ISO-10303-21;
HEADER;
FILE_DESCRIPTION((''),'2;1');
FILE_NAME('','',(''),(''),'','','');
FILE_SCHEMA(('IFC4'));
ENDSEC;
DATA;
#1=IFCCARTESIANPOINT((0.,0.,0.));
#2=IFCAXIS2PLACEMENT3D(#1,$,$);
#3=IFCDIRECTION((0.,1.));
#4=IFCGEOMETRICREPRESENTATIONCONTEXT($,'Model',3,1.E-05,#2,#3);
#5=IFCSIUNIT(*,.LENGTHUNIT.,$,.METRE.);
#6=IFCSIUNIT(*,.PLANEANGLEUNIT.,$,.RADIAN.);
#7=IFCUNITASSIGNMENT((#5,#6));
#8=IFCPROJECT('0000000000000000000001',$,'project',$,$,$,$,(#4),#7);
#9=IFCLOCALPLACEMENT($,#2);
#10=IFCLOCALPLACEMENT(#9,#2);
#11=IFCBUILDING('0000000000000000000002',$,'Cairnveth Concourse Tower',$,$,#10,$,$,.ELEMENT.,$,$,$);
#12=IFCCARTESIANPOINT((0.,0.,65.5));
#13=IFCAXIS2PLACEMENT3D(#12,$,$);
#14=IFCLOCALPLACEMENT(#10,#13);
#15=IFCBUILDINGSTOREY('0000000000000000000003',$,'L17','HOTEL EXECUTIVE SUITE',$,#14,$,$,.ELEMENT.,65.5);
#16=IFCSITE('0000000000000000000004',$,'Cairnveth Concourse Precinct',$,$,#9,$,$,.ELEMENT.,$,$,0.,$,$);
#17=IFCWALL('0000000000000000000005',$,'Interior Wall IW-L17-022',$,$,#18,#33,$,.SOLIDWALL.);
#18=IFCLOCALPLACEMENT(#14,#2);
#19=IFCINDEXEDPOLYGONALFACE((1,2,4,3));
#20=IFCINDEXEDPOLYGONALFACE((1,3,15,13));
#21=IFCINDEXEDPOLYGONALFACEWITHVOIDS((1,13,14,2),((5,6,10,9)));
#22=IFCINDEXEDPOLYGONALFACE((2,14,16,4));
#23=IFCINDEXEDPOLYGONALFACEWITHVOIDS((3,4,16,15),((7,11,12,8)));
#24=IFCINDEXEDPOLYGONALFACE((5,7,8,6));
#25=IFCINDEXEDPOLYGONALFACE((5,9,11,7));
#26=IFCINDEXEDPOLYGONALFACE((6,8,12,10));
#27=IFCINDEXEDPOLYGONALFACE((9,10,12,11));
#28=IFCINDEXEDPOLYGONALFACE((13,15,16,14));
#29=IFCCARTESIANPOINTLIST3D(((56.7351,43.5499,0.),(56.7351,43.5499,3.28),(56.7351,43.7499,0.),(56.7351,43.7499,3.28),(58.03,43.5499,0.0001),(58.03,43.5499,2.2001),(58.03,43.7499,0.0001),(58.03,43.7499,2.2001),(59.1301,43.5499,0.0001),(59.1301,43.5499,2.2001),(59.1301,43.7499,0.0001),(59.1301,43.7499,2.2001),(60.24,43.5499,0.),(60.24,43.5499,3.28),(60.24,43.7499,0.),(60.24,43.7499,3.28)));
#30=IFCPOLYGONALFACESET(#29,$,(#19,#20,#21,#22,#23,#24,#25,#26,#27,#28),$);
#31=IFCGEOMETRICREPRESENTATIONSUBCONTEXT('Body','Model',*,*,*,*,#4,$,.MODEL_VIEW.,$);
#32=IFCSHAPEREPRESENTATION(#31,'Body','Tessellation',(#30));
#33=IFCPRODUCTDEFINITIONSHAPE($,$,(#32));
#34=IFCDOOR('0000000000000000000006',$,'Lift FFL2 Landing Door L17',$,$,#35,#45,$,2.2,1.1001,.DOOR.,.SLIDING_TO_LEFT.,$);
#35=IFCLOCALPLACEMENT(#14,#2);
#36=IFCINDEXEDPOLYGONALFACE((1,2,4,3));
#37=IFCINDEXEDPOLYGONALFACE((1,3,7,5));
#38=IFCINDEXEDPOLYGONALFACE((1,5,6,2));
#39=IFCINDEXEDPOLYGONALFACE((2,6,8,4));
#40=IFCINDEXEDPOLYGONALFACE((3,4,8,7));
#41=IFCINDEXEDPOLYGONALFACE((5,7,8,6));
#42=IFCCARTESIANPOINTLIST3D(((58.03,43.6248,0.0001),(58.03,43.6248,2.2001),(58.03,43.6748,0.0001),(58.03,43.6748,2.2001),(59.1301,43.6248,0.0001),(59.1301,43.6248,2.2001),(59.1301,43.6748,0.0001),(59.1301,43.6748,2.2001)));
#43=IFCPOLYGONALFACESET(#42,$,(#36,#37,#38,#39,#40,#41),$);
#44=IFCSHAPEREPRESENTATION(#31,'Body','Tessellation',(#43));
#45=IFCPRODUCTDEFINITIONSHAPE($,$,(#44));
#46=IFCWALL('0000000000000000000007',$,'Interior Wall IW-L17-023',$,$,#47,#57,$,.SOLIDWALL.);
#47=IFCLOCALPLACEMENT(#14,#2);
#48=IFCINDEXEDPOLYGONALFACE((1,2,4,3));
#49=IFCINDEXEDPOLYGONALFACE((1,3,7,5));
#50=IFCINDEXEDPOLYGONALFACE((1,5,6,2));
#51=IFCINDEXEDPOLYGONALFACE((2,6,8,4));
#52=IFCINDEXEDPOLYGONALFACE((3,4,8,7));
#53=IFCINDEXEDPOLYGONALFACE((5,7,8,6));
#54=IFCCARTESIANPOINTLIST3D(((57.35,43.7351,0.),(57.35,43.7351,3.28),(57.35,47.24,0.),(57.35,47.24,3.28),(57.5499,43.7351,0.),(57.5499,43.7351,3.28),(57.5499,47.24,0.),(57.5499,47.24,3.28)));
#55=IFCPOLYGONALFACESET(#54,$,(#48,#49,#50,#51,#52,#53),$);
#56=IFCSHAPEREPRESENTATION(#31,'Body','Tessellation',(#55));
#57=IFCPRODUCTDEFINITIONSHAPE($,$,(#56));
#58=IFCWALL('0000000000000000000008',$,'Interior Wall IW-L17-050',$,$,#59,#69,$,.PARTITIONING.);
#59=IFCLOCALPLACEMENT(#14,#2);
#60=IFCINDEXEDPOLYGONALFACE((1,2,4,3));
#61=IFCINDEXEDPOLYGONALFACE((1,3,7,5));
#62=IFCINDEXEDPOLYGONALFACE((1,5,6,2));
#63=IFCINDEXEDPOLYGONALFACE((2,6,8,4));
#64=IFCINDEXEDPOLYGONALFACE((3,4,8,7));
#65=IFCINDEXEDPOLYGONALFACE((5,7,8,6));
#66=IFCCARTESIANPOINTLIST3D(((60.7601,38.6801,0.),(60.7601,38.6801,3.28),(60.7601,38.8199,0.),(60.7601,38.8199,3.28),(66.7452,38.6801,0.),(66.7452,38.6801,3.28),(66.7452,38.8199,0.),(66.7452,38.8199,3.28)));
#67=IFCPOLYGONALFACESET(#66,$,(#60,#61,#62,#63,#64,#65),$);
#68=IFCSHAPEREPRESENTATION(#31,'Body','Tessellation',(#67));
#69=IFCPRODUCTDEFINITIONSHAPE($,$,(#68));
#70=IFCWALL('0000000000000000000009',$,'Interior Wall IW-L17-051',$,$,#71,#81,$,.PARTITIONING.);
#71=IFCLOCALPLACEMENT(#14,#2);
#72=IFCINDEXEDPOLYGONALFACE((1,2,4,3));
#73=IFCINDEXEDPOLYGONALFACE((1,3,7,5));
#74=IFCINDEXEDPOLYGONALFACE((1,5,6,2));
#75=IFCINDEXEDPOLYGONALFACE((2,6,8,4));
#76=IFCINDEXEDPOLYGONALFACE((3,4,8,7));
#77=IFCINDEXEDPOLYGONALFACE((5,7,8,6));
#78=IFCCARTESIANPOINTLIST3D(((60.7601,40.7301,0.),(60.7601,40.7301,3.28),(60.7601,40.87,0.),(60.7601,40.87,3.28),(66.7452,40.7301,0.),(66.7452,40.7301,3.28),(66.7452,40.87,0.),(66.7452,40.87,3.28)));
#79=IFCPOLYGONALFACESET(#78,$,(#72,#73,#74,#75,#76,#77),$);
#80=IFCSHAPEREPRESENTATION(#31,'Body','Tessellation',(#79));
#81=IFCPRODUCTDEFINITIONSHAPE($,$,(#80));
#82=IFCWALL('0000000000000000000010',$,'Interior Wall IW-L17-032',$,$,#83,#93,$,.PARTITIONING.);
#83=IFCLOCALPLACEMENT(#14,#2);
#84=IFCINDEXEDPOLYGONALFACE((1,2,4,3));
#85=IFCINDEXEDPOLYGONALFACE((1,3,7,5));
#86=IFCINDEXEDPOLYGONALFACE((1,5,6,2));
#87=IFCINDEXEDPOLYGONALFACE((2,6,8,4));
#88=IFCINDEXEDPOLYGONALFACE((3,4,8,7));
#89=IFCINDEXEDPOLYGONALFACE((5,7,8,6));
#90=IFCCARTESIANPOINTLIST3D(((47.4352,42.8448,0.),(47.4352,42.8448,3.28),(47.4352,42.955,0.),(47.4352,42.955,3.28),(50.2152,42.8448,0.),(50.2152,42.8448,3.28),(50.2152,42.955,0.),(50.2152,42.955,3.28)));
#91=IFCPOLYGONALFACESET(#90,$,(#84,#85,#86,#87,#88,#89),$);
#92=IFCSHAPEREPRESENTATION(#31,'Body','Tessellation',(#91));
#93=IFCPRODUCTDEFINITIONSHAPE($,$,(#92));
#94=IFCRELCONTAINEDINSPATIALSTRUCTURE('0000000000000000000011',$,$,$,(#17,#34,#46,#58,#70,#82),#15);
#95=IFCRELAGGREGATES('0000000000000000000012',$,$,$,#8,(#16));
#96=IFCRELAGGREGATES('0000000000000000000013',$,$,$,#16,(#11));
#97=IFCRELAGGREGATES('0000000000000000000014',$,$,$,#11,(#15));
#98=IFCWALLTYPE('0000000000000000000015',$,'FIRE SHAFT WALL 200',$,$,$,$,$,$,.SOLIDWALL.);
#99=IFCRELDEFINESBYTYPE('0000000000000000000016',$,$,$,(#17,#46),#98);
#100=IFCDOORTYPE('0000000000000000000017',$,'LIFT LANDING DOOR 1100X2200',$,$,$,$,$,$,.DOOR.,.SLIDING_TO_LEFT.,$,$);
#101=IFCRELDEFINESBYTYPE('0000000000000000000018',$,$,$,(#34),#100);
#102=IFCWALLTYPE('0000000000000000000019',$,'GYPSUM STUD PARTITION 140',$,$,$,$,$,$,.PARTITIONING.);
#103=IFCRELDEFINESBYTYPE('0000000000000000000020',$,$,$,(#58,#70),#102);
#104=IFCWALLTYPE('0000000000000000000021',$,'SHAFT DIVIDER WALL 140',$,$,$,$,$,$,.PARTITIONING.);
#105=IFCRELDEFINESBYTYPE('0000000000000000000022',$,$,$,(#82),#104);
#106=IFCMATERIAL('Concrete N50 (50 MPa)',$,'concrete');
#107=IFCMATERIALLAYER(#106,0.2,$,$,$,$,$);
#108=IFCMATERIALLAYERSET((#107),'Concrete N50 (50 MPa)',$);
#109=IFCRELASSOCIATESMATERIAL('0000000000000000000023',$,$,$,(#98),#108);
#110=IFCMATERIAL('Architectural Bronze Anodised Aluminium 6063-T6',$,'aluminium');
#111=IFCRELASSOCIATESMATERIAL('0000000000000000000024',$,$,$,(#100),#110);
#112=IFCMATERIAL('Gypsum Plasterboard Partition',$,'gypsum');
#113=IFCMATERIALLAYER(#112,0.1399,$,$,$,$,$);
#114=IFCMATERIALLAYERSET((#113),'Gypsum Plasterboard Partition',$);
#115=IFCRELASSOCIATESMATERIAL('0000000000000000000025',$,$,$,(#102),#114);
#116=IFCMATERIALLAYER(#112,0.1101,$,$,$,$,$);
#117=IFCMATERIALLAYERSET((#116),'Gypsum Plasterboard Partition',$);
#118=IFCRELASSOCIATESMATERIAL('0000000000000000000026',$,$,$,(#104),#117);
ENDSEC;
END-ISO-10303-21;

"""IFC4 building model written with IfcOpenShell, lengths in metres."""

from ifc_helpers import new_model, si_unit, direction, frame, frame_2d, origin, place, context, subcontext, project, spatial, rectangle, extrude, material, layer, layer_set, type_object, element, fill, save


model = new_model("IFC4")

# Units and contexts
model_context = context("Model", 3, precision=1e-05, world=origin(), true_north=direction((0.0, 1.0)))
body_context = subcontext(model_context, "Body", "Model", "MODEL_VIEW")
ifc_project = project(units=[si_unit("LENGTHUNIT", "METRE"), si_unit("PLANEANGLEUNIT", "RADIAN")], contexts=[model_context])

# Site, building, storey
site_placement = place(None, origin())
site = spatial("IfcSite", under=ifc_project, at=site_placement, Name="Cairnveth Concourse Precinct", CompositionType="ELEMENT", RefElevation=0.0)
building_placement = place(site_placement, origin())
building = spatial("IfcBuilding", under=site, at=building_placement, Name="Cairnveth Concourse Tower", CompositionType="ELEMENT")
storey_placement = place(building_placement, frame((0.0, 0.0, 65.5)))
storey = spatial("IfcBuildingStorey", under=building, at=storey_placement, Name="L17", Description="HOTEL EXECUTIVE SUITE", CompositionType="ELEMENT", Elevation=65.5)

# Shared definitions
ifc_material_1 = material(Name="Concrete N50 (50 MPa)", Category="concrete")

# Shared definitions
ifc_layer_1 = layer(ifc_material_1, 0.2)
ifc_layer_set_1 = layer_set([ifc_layer_1], Name="Concrete N50 (50 MPa)")
wall_type_1 = type_object("IfcWallType", Name="FIRE SHAFT WALL 200", PredefinedType="SOLIDWALL", material=ifc_layer_set_1)

# Wall, opening, door
wall_1_placement = place(storey_placement, frame((56.7351, 43.6499, 0.0), z_axis=(0.0, 0.0, 1.0), x_axis=(1.0, 0.0, 0.0)))
wall_1 = element("IfcWall", 1, at=wall_1_placement, inside=storey, type_object=wall_type_1, Name="Interior Wall IW-L17-022", PredefinedType="SOLIDWALL", context=body_context, shape_type="SweptSolid", body=[
    extrude(rectangle(XDim=3.5049, YDim=0.2, at=frame_2d((1.7524, 0.0))), origin(), (0.0, 0.0, 1.0), 3.28),
])
opening_1_placement = place(wall_1_placement, frame((1.2949, 0.0, 0.0)))
opening_1 = element("IfcOpeningElement", 2, at=opening_1_placement, cuts=wall_1, PredefinedType="OPENING", context=body_context, shape_type="SweptSolid", body=[
    extrude(rectangle(XDim=1.1001, YDim=2.2, at=frame_2d((0.55, 1.1001))), frame((0.0, 0.1099, 0.0), z_axis=(0.0, -1.0, 0.0), x_axis=(1.0, 0.0, 0.0)), (0.0, 0.0, 1.0), 0.22),
])
ifc_material_2 = material(Name="Architectural Bronze Anodised Aluminium 6063-T6", Category="aluminium")
door_type_1 = type_object("IfcDoorType", Name="LIFT LANDING DOOR 1100X2200", OperationType="SLIDING_TO_LEFT", PredefinedType="DOOR", material=ifc_material_2)
door_1_placement = place(opening_1_placement, origin())
door_1 = element("IfcDoor", 3, at=door_1_placement, inside=storey, type_object=door_type_1, Name="Lift FFL2 Landing Door L17", OperationType="SLIDING_TO_LEFT", OverallHeight=2.2, OverallWidth=1.1001, PredefinedType="DOOR", context=body_context, shape_type="SweptSolid", body=[
    extrude(rectangle(XDim=1.1001, YDim=2.2, at=frame_2d((0.55, 1.1001))), frame((0.0, 0.0249, 0.0), z_axis=(0.0, -1.0, 0.0), x_axis=(1.0, 0.0, 0.0)), (0.0, 0.0, 1.0), 0.05),
])
fill(opening_1, door_1)

# Walls
wall_2_placement = place(storey_placement, frame((57.45, 43.7351, 0.0), z_axis=(0.0, 0.0, 1.0), x_axis=(0.0, 1.0, 0.0)))
element("IfcWall", 4, at=wall_2_placement, inside=storey, type_object=wall_type_1, Name="Interior Wall IW-L17-023", PredefinedType="SOLIDWALL", context=body_context, shape_type="SweptSolid", body=[
    extrude(rectangle(XDim=3.5049, YDim=0.2, at=frame_2d((1.7524, 0.0))), origin(), (0.0, 0.0, 1.0), 3.28),
])
ifc_material_3 = material(Name="Gypsum Plasterboard Partition", Category="gypsum")
ifc_layer_2 = layer(ifc_material_3, 0.1399)
ifc_layer_set_2 = layer_set([ifc_layer_2], Name="Gypsum Plasterboard Partition")
wall_type_2 = type_object("IfcWallType", Name="GYPSUM STUD PARTITION 140", PredefinedType="PARTITIONING", material=ifc_layer_set_2)
for number, where, z_axis, x_axis, name in (
    (5, (60.76, 38.75, 0.0), (0.0, 0.0, 1.0), (1.0, 0.0, 0.0), "Interior Wall IW-L17-050"),
    (6, (60.76, 40.8, 0.0), (0.0, 0.0, 1.0), (1.0, 0.0, 0.0), "Interior Wall IW-L17-051"),
):
    element("IfcWall", number, at=place(storey_placement, frame(where, z_axis=z_axis, x_axis=x_axis)), inside=storey, type_object=wall_type_2, Name=name, PredefinedType="PARTITIONING", context=body_context, shape_type="SweptSolid", body=[
        extrude(rectangle(XDim=5.9851, YDim=0.1399, at=frame_2d((2.9927, 0.0))), origin(), (0.0, 0.0, 1.0), 3.28),
    ])
ifc_layer_3 = layer(ifc_material_3, 0.1101)
ifc_layer_set_3 = layer_set([ifc_layer_3], Name="Gypsum Plasterboard Partition")
wall_type_3 = type_object("IfcWallType", Name="SHAFT DIVIDER WALL 140", PredefinedType="PARTITIONING", material=ifc_layer_set_3)
wall_3_placement = place(storey_placement, frame((47.4351, 42.8999, 0.0), z_axis=(0.0, 0.0, 1.0), x_axis=(1.0, 0.0, 0.0)))
element("IfcWall", 7, at=wall_3_placement, inside=storey, type_object=wall_type_3, Name="Interior Wall IW-L17-032", PredefinedType="PARTITIONING", context=body_context, shape_type="SweptSolid", body=[
    extrude(rectangle(XDim=2.78, YDim=0.1101, at=frame_2d((1.3901, 0.0))), origin(), (0.0, 0.0, 1.0), 3.28),
])

save(model, "model.ifc")
